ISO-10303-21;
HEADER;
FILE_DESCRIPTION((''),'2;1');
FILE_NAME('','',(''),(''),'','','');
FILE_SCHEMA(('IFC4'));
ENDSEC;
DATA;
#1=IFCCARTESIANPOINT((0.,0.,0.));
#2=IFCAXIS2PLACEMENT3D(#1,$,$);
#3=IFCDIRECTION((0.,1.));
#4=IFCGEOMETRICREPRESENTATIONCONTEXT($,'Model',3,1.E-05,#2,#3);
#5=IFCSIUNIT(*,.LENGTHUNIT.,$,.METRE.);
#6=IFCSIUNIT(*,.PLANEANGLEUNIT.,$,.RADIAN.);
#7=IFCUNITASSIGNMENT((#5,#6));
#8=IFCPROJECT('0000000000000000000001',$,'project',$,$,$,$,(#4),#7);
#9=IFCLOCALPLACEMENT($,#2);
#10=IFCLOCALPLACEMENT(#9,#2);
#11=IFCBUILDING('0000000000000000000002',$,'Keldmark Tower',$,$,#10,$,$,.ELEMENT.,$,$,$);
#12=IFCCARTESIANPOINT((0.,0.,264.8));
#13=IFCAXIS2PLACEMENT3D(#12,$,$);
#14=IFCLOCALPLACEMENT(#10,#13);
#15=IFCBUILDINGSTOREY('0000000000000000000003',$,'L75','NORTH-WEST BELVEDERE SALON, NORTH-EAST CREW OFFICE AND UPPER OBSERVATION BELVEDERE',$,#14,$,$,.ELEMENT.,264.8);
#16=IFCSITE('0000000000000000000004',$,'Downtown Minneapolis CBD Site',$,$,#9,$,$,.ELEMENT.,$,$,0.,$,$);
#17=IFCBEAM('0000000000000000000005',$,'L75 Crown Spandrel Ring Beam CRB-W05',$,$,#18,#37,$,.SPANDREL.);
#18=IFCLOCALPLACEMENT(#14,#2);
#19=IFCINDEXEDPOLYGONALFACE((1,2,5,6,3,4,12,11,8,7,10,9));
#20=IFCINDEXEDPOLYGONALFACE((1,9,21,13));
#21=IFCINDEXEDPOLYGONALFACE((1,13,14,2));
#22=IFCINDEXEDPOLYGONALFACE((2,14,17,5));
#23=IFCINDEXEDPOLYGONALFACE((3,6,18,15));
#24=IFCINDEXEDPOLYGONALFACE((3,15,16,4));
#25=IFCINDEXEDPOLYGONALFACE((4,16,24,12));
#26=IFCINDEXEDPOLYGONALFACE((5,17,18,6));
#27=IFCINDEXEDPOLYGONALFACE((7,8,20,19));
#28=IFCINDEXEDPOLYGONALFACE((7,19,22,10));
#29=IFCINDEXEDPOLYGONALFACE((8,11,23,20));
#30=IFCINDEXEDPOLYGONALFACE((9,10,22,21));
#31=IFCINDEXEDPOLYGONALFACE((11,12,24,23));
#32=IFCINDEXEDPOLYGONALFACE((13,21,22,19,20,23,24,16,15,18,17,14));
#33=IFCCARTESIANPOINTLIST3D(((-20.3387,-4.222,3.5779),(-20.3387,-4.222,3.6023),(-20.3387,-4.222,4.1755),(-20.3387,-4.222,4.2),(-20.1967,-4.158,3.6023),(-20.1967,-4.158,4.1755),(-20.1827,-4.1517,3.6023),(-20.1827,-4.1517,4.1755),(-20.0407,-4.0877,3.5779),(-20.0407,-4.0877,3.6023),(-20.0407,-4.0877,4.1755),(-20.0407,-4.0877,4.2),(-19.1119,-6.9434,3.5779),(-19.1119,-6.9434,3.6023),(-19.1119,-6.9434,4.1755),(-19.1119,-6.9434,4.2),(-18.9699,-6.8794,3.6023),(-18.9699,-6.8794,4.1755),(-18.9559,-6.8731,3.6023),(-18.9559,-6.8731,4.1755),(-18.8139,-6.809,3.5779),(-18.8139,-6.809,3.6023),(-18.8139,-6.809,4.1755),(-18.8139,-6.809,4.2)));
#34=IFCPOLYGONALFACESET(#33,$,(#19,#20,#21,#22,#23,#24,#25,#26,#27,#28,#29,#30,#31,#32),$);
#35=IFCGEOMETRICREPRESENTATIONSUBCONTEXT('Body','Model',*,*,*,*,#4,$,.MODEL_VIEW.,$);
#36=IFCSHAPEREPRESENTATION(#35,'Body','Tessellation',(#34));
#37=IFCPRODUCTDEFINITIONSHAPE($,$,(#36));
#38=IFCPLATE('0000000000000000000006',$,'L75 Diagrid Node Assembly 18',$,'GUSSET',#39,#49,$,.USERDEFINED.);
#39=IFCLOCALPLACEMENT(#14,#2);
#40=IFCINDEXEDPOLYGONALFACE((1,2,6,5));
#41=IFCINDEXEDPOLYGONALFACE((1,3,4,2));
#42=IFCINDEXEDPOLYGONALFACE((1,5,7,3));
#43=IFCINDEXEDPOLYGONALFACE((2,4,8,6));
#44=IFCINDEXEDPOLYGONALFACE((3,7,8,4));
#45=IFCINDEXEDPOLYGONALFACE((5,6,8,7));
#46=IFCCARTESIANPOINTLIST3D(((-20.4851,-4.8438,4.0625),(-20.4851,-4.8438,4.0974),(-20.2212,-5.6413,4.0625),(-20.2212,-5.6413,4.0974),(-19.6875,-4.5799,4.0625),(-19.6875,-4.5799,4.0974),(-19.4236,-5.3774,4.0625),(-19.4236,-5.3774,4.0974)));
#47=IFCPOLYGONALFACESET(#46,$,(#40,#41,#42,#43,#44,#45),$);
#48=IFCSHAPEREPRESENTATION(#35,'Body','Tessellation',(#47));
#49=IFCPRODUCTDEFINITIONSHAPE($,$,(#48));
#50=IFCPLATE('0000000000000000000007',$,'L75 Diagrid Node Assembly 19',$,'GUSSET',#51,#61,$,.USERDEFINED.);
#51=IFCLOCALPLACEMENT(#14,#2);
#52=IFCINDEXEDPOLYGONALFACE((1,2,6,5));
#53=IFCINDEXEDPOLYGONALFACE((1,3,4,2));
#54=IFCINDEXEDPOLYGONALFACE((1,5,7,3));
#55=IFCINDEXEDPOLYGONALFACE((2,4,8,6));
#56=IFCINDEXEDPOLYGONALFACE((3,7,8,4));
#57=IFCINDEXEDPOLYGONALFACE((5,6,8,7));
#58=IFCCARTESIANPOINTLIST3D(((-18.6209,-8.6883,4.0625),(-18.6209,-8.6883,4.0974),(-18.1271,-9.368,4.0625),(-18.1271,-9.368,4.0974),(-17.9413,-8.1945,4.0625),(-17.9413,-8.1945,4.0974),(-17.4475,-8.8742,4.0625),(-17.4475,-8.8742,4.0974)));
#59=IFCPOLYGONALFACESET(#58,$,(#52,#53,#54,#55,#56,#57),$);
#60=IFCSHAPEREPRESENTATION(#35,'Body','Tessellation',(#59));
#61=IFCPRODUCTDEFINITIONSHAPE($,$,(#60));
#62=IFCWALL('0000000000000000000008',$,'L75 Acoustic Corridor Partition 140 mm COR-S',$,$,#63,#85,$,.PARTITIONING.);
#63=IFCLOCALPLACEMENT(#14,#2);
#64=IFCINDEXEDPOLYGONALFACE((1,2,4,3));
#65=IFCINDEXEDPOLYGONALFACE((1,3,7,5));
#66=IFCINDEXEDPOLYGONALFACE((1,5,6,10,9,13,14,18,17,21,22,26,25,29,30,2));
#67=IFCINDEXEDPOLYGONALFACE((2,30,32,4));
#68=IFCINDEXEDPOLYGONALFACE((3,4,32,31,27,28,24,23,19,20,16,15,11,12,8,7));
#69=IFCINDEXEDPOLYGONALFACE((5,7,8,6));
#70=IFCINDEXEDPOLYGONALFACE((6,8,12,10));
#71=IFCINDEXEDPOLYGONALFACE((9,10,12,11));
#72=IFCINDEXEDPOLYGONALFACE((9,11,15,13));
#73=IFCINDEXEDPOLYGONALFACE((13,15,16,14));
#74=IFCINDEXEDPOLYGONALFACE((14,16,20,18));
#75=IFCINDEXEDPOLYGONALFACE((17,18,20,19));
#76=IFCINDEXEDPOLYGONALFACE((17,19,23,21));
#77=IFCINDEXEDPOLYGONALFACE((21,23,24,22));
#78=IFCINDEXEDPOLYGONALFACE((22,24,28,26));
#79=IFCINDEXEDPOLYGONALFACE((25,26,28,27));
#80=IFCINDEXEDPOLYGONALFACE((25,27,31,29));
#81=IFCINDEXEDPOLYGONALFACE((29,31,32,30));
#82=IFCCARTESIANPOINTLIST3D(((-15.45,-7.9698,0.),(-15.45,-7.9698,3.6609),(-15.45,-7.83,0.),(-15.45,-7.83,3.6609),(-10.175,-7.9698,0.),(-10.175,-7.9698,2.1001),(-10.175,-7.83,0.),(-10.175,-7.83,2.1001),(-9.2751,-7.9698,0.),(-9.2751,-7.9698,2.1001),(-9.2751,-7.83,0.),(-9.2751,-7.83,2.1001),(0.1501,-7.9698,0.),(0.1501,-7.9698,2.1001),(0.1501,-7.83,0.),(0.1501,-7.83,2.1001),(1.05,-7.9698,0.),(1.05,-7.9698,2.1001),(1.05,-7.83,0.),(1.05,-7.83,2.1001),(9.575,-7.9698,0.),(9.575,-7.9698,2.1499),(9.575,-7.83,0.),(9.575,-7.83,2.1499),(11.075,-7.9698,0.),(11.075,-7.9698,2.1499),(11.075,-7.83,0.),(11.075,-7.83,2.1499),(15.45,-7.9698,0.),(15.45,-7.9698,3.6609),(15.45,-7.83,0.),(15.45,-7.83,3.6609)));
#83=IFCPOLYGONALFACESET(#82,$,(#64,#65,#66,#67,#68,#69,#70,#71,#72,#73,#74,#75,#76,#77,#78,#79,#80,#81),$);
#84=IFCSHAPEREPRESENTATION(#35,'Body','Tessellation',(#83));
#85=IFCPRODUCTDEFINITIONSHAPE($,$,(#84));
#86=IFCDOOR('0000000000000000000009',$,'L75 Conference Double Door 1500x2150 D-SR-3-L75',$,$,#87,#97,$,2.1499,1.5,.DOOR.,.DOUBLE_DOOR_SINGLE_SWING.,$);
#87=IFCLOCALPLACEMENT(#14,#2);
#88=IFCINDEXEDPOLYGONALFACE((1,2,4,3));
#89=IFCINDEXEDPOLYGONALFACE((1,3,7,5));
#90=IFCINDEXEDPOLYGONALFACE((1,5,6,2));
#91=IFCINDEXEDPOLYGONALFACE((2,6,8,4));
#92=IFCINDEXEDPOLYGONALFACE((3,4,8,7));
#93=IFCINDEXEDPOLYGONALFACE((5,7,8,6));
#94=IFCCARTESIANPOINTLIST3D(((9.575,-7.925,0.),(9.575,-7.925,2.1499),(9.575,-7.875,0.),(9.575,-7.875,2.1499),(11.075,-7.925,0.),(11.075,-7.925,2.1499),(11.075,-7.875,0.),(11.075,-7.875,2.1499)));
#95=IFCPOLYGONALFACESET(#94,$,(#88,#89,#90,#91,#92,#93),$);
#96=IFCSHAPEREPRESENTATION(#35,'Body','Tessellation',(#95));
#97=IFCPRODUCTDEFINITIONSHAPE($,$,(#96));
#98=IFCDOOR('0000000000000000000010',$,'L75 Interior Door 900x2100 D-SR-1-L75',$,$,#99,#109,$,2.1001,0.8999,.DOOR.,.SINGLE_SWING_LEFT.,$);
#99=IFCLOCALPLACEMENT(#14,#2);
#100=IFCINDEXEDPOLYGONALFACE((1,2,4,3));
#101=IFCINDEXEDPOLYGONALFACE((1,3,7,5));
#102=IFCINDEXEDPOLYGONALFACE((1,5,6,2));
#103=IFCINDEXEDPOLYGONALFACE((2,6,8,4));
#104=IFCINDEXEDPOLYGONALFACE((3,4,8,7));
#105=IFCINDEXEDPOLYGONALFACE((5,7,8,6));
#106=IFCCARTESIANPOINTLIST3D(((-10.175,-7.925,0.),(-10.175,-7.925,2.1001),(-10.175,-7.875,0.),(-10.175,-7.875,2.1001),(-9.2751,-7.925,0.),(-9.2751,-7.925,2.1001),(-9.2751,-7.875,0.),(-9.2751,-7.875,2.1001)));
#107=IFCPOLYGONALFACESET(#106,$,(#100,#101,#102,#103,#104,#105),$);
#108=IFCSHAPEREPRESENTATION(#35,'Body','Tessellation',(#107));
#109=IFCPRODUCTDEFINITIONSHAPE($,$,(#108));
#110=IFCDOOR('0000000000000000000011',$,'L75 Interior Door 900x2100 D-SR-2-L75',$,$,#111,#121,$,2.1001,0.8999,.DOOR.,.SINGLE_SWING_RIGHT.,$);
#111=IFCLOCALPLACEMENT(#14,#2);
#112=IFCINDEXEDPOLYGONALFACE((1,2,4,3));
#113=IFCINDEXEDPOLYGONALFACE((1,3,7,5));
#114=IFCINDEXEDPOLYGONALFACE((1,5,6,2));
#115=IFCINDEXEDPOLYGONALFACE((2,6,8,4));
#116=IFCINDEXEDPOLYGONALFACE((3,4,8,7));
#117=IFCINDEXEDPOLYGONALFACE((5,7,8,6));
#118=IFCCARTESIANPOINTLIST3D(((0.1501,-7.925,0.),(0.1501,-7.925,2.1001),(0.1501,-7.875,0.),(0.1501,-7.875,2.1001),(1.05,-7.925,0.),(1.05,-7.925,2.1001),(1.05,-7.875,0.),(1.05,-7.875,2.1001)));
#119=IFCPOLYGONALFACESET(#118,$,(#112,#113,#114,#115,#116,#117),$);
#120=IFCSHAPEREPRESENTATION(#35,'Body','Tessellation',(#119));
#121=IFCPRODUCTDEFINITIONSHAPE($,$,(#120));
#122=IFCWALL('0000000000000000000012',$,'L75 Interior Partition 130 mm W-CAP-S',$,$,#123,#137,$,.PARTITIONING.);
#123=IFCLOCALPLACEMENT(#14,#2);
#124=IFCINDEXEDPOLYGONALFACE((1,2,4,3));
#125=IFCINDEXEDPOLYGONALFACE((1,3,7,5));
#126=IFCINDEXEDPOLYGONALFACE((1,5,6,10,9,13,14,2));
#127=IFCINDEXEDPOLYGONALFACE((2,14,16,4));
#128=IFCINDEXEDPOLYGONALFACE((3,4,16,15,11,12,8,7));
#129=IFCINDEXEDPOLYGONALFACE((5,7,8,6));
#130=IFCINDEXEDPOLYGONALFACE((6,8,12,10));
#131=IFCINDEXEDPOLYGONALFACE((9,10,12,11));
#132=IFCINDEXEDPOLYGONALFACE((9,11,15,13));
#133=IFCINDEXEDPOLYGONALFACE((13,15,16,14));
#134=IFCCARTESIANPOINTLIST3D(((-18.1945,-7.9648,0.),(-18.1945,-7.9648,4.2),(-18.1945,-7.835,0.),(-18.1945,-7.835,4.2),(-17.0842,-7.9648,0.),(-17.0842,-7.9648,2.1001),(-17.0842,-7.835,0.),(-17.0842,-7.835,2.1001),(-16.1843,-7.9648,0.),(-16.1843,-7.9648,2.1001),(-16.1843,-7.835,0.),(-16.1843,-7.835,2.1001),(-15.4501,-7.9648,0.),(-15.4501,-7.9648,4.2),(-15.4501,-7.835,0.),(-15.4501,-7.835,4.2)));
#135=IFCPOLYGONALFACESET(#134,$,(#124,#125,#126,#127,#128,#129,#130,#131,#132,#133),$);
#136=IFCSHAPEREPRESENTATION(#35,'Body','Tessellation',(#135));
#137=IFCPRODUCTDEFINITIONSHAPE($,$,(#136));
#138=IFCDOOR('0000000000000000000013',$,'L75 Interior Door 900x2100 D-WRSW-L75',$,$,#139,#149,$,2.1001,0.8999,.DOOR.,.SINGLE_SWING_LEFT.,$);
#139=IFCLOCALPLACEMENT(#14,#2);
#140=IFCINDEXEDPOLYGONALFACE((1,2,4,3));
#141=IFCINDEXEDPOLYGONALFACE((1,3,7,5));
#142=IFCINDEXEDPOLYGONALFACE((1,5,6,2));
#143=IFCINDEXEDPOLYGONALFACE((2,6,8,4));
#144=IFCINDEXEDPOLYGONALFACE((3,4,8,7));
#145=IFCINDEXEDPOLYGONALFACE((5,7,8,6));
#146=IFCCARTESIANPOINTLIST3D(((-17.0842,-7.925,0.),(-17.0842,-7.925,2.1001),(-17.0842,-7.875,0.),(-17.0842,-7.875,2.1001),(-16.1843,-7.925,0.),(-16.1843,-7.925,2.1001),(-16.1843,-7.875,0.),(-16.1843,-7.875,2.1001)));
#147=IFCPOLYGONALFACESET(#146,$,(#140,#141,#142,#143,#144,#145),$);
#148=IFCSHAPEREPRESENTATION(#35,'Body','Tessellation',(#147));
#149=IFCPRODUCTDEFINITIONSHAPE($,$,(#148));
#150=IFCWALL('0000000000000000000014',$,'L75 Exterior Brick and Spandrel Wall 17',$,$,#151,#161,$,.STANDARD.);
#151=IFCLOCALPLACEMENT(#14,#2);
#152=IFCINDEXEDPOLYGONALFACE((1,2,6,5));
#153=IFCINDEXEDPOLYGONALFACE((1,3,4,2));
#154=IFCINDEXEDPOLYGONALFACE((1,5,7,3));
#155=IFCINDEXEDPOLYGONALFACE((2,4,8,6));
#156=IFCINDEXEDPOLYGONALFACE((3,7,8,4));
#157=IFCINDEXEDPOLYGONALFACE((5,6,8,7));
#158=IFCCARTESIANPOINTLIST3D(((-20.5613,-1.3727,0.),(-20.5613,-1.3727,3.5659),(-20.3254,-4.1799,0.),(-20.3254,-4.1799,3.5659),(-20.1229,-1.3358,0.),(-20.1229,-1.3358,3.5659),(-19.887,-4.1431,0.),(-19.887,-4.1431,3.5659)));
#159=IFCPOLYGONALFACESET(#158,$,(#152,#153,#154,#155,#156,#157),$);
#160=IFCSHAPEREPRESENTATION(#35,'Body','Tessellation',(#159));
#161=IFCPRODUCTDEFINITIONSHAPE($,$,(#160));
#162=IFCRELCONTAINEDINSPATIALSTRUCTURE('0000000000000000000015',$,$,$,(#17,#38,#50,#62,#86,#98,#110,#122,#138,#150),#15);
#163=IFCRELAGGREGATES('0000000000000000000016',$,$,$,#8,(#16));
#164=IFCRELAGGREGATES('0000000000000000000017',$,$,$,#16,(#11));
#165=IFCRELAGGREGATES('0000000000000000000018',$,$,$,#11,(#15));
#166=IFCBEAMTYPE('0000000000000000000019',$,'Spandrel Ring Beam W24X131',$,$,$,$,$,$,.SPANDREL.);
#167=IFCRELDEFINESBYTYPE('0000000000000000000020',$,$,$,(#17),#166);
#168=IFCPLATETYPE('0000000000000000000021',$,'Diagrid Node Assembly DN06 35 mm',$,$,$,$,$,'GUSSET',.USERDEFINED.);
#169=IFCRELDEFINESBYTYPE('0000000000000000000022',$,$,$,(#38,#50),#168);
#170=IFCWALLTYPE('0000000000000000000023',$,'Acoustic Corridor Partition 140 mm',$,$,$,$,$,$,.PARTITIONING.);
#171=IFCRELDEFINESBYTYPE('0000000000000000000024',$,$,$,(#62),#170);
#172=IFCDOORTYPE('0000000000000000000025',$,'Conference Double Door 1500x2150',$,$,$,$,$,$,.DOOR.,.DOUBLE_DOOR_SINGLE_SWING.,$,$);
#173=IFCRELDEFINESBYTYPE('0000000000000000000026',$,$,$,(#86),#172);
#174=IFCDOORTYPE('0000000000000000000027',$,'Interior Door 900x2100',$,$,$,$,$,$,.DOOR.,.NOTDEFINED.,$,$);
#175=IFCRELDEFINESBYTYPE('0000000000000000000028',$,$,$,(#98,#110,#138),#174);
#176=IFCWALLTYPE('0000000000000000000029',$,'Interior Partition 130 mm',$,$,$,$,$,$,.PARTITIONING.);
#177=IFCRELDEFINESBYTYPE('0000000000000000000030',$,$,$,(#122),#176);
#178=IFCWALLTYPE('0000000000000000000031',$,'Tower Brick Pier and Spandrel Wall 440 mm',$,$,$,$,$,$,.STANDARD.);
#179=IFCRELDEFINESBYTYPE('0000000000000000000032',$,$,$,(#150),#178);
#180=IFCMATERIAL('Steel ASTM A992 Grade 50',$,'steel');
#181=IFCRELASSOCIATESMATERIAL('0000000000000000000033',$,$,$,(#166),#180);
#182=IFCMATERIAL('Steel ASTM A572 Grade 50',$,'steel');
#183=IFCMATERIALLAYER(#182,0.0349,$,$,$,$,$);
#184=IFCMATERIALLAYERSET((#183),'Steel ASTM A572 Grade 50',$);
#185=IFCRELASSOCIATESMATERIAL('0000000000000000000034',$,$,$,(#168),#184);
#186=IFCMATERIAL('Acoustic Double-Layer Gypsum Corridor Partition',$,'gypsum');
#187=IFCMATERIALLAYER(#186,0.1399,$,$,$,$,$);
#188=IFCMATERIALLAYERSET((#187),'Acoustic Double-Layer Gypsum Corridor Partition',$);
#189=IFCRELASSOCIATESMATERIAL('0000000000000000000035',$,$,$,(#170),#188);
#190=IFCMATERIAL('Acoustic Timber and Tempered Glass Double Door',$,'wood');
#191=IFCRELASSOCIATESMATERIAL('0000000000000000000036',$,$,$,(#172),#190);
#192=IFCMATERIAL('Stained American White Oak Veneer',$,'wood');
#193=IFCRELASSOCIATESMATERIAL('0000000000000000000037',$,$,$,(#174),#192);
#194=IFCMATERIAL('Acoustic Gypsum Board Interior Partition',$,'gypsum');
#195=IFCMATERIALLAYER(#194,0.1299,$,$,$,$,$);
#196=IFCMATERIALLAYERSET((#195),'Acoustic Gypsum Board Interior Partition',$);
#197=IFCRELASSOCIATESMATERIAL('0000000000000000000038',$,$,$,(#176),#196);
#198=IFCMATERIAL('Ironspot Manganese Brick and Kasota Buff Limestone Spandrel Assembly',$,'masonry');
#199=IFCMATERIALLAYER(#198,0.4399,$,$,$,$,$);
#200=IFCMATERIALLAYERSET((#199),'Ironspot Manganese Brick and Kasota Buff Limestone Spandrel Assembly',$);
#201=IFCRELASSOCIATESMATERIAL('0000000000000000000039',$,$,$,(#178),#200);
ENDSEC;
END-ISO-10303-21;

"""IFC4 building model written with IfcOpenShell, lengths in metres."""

from ifc_helpers import new_model, si_unit, direction, frame, frame_2d, origin, origin_2d, place, context, subcontext, project, spatial, rectangle, i_section, extrude, material, layer, layer_set, material_profile, profile_set, type_object, element, fill, save


model = new_model("IFC4")

# Units and contexts
model_context = context("Model", 3, precision=1e-05, world=origin(), true_north=direction((0.0, 1.0)))
body_context = subcontext(model_context, "Body", "Model", "MODEL_VIEW")
ifc_project = project(units=[si_unit("LENGTHUNIT", "METRE"), si_unit("PLANEANGLEUNIT", "RADIAN")], contexts=[model_context])

# Site, building, storey
site_placement = place(None, origin())
site = spatial("IfcSite", under=ifc_project, at=site_placement, Name="Downtown Minneapolis CBD Site", CompositionType="ELEMENT", RefElevation=0.0)
building_placement = place(site_placement, origin())
building = spatial("IfcBuilding", under=site, at=building_placement, Name="Keldmark Tower", CompositionType="ELEMENT")
storey_placement = place(building_placement, frame((0.0, 0.0, 264.8)))
storey = spatial("IfcBuildingStorey", under=building, at=storey_placement, Name="L75", Description="NORTH-WEST BELVEDERE SALON, NORTH-EAST CREW OFFICE AND UPPER OBSERVATION BELVEDERE", CompositionType="ELEMENT", Elevation=264.8)

# Beam
ifc_material_1 = material(Name="Steel ASTM A992 Grade 50", Category="steel")
ifc_material_profile_1 = material_profile(ifc_material_1, i_section(OverallWidth=0.3269, OverallDepth=0.6221, WebThickness=0.0154, FlangeThickness=0.0244, at=origin_2d()), Name="W24X131")
ifc_profile_set_1 = profile_set([ifc_material_profile_1], Name="Steel ASTM A992 Grade 50")
beam_type_1 = type_object("IfcBeamType", Name="Spandrel Ring Beam W24X131", PredefinedType="SPANDREL", material=ifc_profile_set_1)
beam_1_placement = place(storey_placement, frame((-18.9629, -6.8762, 3.8889), z_axis=(-0.410966, 0.91165, 0.0), x_axis=(-0.91165, -0.410966, 0.0)))
element("IfcBeam", 1, at=beam_1_placement, inside=storey, type_object=beam_type_1, Name="L75 Crown Spandrel Ring Beam CRB-W05", PredefinedType="SPANDREL", context=body_context, shape_type="SweptSolid", body=[
    extrude(i_section(OverallWidth=0.3269, OverallDepth=0.6221, WebThickness=0.0154, FlangeThickness=0.0244, at=origin_2d()), origin(), (0.0, 0.0, 1.0), 2.9851),
])

# Plates
ifc_material_2 = material(Name="Steel ASTM A572 Grade 50", Category="steel")
ifc_layer_1 = layer(ifc_material_2, 0.0349)
ifc_layer_set_1 = layer_set([ifc_layer_1], Name="Steel ASTM A572 Grade 50")
plate_type = type_object("IfcPlateType", Name="Diagrid Node Assembly DN06 35 mm", ElementType="GUSSET", PredefinedType="USERDEFINED", material=ifc_layer_set_1)
for number, where, z_axis, x_axis, name in (
    (2, (-19.9543, -5.1106, 4.0625), (0.0, 0.0, 1.0), (0.314158, -0.949371, 0.0), "L75 Diagrid Node Assembly 18"),
    (3, (-18.0342, -8.7812, 4.0625), (0.0, 0.0, 1.0), (0.587785, -0.809017, 0.0), "L75 Diagrid Node Assembly 19"),
):
    element("IfcPlate", number, at=place(storey_placement, frame(where, z_axis=z_axis, x_axis=x_axis)), inside=storey, type_object=plate_type, Name=name, ObjectType="GUSSET", PredefinedType="USERDEFINED", context=body_context, shape_type="SweptSolid", body=[
        extrude(rectangle(XDim=0.8401, YDim=0.8401, at=origin_2d()), origin(), (0.0, 0.0, 1.0), 0.0349),
    ])

# Wall, openings, doors
ifc_material_3 = material(Name="Acoustic Double-Layer Gypsum Corridor Partition", Category="gypsum")
ifc_layer_2 = layer(ifc_material_3, 0.1399)
ifc_layer_set_2 = layer_set([ifc_layer_2], Name="Acoustic Double-Layer Gypsum Corridor Partition")
wall_type_1 = type_object("IfcWallType", Name="Acoustic Corridor Partition 140 mm", PredefinedType="PARTITIONING", material=ifc_layer_set_2)
wall_1_placement = place(storey_placement, frame((-15.45, -7.8999, 0.0), z_axis=(0.0, 0.0, 1.0), x_axis=(1.0, 0.0, 0.0)))
wall_1 = element("IfcWall", 4, at=wall_1_placement, inside=storey, type_object=wall_type_1, Name="L75 Acoustic Corridor Partition 140 mm COR-S", PredefinedType="PARTITIONING", context=body_context, shape_type="SweptSolid", body=[
    extrude(rectangle(XDim=30.8999, YDim=0.1399, at=frame_2d((15.45, 0.0))), origin(), (0.0, 0.0, 1.0), 3.6609),
])
opening_1_placement = place(wall_1_placement, frame((5.2749, 0.0, 0.0)))
opening_1 = element("IfcOpeningElement", 5, at=opening_1_placement, cuts=wall_1, PredefinedType="OPENING", context=body_context, shape_type="SweptSolid", body=[
    extrude(rectangle(XDim=0.8999, YDim=2.1001, at=frame_2d((0.45, 1.05))), frame((0.0, 0.0798, 0.0), z_axis=(0.0, -1.0, 0.0), x_axis=(1.0, 0.0, 0.0)), (0.0, 0.0, 1.0), 0.1599),
])
opening_2_placement = place(wall_1_placement, frame((15.6001, 0.0, 0.0)))
opening_2 = element("IfcOpeningElement", 6, at=opening_2_placement, cuts=wall_1, PredefinedType="OPENING", context=body_context, shape_type="SweptSolid", body=[
    extrude(rectangle(XDim=0.8999, YDim=2.1001, at=frame_2d((0.45, 1.05))), frame((0.0, 0.0798, 0.0), z_axis=(0.0, -1.0, 0.0), x_axis=(1.0, 0.0, 0.0)), (0.0, 0.0, 1.0), 0.1599),
])
opening_3_placement = place(wall_1_placement, frame((25.0249, 0.0, 0.0)))
opening_3 = element("IfcOpeningElement", 7, at=opening_3_placement, cuts=wall_1, PredefinedType="OPENING", context=body_context, shape_type="SweptSolid", body=[
    extrude(rectangle(XDim=1.5, YDim=2.1499, at=frame_2d((0.75, 1.075))), frame((0.0, 0.0798, 0.0), z_axis=(0.0, -1.0, 0.0), x_axis=(1.0, 0.0, 0.0)), (0.0, 0.0, 1.0), 0.1599),
])
ifc_material_4 = material(Name="Acoustic Timber and Tempered Glass Double Door", Category="wood")
door_type_1 = type_object("IfcDoorType", Name="Conference Double Door 1500x2150", OperationType="DOUBLE_DOOR_SINGLE_SWING", PredefinedType="DOOR", material=ifc_material_4)
door_1_placement = place(opening_3_placement, origin())
door_1 = element("IfcDoor", 8, at=door_1_placement, inside=storey, type_object=door_type_1, Name="L75 Conference Double Door 1500x2150 D-SR-3-L75", OperationType="DOUBLE_DOOR_SINGLE_SWING", OverallHeight=2.1499, OverallWidth=1.5, PredefinedType="DOOR", context=body_context, shape_type="SweptSolid", body=[
    extrude(rectangle(XDim=1.5, YDim=2.1499, at=frame_2d((0.75, 1.075))), frame((0.0, 0.0249, 0.0), z_axis=(0.0, -1.0, 0.0), x_axis=(1.0, 0.0, 0.0)), (0.0, 0.0, 1.0), 0.05),
])
fill(opening_3, door_1)
ifc_material_5 = material(Name="Stained American White Oak Veneer", Category="wood")
door_type_2 = type_object("IfcDoorType", Name="Interior Door 900x2100", OperationType="NOTDEFINED", PredefinedType="DOOR", material=ifc_material_5)
door_2_placement = place(opening_1_placement, origin())
door_2 = element("IfcDoor", 9, at=door_2_placement, inside=storey, type_object=door_type_2, Name="L75 Interior Door 900x2100 D-SR-1-L75", OperationType="SINGLE_SWING_LEFT", OverallHeight=2.1001, OverallWidth=0.8999, PredefinedType="DOOR", context=body_context, shape_type="SweptSolid", body=[
    extrude(rectangle(XDim=0.8999, YDim=2.1001, at=frame_2d((0.45, 1.05))), frame((0.0, 0.0249, 0.0), z_axis=(0.0, -1.0, 0.0), x_axis=(1.0, 0.0, 0.0)), (0.0, 0.0, 1.0), 0.05),
])
fill(opening_1, door_2)
door_3_placement = place(opening_2_placement, origin())
door_3 = element("IfcDoor", 10, at=door_3_placement, inside=storey, type_object=door_type_2, Name="L75 Interior Door 900x2100 D-SR-2-L75", OperationType="SINGLE_SWING_RIGHT", OverallHeight=2.1001, OverallWidth=0.8999, PredefinedType="DOOR", context=body_context, shape_type="SweptSolid", body=[
    extrude(rectangle(XDim=0.8999, YDim=2.1001, at=frame_2d((0.45, 1.05))), frame((0.0, 0.0249, 0.0), z_axis=(0.0, -1.0, 0.0), x_axis=(1.0, 0.0, 0.0)), (0.0, 0.0, 1.0), 0.05),
])
fill(opening_2, door_3)

# Wall, opening, door
ifc_material_6 = material(Name="Acoustic Gypsum Board Interior Partition", Category="gypsum")
ifc_layer_3 = layer(ifc_material_6, 0.1299)
ifc_layer_set_3 = layer_set([ifc_layer_3], Name="Acoustic Gypsum Board Interior Partition")
wall_type_2 = type_object("IfcWallType", Name="Interior Partition 130 mm", PredefinedType="PARTITIONING", material=ifc_layer_set_3)
wall_2_placement = place(storey_placement, frame((-18.1943, -7.8999, 0.0), z_axis=(0.0, 0.0, 1.0), x_axis=(1.0, 0.0, 0.0)))
wall_2 = element("IfcWall", 11, at=wall_2_placement, inside=storey, type_object=wall_type_2, Name="L75 Interior Partition 130 mm W-CAP-S", PredefinedType="PARTITIONING", context=body_context, shape_type="SweptSolid", body=[
    extrude(rectangle(XDim=2.7444, YDim=0.1299, at=frame_2d((1.3721, 0.0))), origin(), (0.0, 0.0, 1.0), 4.2),
])
opening_4_placement = place(wall_2_placement, frame((1.1101, 0.0, 0.0)))
opening_4 = element("IfcOpeningElement", 12, at=opening_4_placement, cuts=wall_2, PredefinedType="OPENING", context=body_context, shape_type="SweptSolid", body=[
    extrude(rectangle(XDim=0.8999, YDim=2.1001, at=frame_2d((0.45, 1.05))), frame((0.0, 0.075, 0.0), z_axis=(0.0, -1.0, 0.0), x_axis=(1.0, 0.0, 0.0)), (0.0, 0.0, 1.0), 0.1499),
])
door_4_placement = place(opening_4_placement, origin())
door_4 = element("IfcDoor", 13, at=door_4_placement, inside=storey, type_object=door_type_2, Name="L75 Interior Door 900x2100 D-WRSW-L75", OperationType="SINGLE_SWING_LEFT", OverallHeight=2.1001, OverallWidth=0.8999, PredefinedType="DOOR", context=body_context, shape_type="SweptSolid", body=[
    extrude(rectangle(XDim=0.8999, YDim=2.1001, at=frame_2d((0.45, 1.05))), frame((0.0, 0.0249, 0.0), z_axis=(0.0, -1.0, 0.0), x_axis=(1.0, 0.0, 0.0)), (0.0, 0.0, 1.0), 0.05),
])
fill(opening_4, door_4)

# Wall
ifc_material_7 = material(Name="Ironspot Manganese Brick and Kasota Buff Limestone Spandrel Assembly", Category="masonry")
ifc_layer_4 = layer(ifc_material_7, 0.4399)
ifc_layer_set_4 = layer_set([ifc_layer_4], Name="Ironspot Manganese Brick and Kasota Buff Limestone Spandrel Assembly")
wall_type_3 = type_object("IfcWallType", Name="Tower Brick Pier and Spandrel Wall 440 mm", PredefinedType="STANDARD", material=ifc_layer_set_4)
wall_3_placement = place(storey_placement, frame((-20.1062, -4.1616, 0.0), z_axis=(0.0, 0.0, 1.0), x_axis=(-0.08372, 0.996489, 0.0)))
element("IfcWall", 14, at=wall_3_placement, inside=storey, type_object=wall_type_3, Name="L75 Exterior Brick and Spandrel Wall 17", PredefinedType="STANDARD", context=body_context, shape_type="SweptSolid", body=[
    extrude(rectangle(XDim=2.8171, YDim=0.4399, at=frame_2d((1.4087, 0.0))), origin(), (0.0, 0.0, 1.0), 3.5659),
])

save(model, "model.ifc")
